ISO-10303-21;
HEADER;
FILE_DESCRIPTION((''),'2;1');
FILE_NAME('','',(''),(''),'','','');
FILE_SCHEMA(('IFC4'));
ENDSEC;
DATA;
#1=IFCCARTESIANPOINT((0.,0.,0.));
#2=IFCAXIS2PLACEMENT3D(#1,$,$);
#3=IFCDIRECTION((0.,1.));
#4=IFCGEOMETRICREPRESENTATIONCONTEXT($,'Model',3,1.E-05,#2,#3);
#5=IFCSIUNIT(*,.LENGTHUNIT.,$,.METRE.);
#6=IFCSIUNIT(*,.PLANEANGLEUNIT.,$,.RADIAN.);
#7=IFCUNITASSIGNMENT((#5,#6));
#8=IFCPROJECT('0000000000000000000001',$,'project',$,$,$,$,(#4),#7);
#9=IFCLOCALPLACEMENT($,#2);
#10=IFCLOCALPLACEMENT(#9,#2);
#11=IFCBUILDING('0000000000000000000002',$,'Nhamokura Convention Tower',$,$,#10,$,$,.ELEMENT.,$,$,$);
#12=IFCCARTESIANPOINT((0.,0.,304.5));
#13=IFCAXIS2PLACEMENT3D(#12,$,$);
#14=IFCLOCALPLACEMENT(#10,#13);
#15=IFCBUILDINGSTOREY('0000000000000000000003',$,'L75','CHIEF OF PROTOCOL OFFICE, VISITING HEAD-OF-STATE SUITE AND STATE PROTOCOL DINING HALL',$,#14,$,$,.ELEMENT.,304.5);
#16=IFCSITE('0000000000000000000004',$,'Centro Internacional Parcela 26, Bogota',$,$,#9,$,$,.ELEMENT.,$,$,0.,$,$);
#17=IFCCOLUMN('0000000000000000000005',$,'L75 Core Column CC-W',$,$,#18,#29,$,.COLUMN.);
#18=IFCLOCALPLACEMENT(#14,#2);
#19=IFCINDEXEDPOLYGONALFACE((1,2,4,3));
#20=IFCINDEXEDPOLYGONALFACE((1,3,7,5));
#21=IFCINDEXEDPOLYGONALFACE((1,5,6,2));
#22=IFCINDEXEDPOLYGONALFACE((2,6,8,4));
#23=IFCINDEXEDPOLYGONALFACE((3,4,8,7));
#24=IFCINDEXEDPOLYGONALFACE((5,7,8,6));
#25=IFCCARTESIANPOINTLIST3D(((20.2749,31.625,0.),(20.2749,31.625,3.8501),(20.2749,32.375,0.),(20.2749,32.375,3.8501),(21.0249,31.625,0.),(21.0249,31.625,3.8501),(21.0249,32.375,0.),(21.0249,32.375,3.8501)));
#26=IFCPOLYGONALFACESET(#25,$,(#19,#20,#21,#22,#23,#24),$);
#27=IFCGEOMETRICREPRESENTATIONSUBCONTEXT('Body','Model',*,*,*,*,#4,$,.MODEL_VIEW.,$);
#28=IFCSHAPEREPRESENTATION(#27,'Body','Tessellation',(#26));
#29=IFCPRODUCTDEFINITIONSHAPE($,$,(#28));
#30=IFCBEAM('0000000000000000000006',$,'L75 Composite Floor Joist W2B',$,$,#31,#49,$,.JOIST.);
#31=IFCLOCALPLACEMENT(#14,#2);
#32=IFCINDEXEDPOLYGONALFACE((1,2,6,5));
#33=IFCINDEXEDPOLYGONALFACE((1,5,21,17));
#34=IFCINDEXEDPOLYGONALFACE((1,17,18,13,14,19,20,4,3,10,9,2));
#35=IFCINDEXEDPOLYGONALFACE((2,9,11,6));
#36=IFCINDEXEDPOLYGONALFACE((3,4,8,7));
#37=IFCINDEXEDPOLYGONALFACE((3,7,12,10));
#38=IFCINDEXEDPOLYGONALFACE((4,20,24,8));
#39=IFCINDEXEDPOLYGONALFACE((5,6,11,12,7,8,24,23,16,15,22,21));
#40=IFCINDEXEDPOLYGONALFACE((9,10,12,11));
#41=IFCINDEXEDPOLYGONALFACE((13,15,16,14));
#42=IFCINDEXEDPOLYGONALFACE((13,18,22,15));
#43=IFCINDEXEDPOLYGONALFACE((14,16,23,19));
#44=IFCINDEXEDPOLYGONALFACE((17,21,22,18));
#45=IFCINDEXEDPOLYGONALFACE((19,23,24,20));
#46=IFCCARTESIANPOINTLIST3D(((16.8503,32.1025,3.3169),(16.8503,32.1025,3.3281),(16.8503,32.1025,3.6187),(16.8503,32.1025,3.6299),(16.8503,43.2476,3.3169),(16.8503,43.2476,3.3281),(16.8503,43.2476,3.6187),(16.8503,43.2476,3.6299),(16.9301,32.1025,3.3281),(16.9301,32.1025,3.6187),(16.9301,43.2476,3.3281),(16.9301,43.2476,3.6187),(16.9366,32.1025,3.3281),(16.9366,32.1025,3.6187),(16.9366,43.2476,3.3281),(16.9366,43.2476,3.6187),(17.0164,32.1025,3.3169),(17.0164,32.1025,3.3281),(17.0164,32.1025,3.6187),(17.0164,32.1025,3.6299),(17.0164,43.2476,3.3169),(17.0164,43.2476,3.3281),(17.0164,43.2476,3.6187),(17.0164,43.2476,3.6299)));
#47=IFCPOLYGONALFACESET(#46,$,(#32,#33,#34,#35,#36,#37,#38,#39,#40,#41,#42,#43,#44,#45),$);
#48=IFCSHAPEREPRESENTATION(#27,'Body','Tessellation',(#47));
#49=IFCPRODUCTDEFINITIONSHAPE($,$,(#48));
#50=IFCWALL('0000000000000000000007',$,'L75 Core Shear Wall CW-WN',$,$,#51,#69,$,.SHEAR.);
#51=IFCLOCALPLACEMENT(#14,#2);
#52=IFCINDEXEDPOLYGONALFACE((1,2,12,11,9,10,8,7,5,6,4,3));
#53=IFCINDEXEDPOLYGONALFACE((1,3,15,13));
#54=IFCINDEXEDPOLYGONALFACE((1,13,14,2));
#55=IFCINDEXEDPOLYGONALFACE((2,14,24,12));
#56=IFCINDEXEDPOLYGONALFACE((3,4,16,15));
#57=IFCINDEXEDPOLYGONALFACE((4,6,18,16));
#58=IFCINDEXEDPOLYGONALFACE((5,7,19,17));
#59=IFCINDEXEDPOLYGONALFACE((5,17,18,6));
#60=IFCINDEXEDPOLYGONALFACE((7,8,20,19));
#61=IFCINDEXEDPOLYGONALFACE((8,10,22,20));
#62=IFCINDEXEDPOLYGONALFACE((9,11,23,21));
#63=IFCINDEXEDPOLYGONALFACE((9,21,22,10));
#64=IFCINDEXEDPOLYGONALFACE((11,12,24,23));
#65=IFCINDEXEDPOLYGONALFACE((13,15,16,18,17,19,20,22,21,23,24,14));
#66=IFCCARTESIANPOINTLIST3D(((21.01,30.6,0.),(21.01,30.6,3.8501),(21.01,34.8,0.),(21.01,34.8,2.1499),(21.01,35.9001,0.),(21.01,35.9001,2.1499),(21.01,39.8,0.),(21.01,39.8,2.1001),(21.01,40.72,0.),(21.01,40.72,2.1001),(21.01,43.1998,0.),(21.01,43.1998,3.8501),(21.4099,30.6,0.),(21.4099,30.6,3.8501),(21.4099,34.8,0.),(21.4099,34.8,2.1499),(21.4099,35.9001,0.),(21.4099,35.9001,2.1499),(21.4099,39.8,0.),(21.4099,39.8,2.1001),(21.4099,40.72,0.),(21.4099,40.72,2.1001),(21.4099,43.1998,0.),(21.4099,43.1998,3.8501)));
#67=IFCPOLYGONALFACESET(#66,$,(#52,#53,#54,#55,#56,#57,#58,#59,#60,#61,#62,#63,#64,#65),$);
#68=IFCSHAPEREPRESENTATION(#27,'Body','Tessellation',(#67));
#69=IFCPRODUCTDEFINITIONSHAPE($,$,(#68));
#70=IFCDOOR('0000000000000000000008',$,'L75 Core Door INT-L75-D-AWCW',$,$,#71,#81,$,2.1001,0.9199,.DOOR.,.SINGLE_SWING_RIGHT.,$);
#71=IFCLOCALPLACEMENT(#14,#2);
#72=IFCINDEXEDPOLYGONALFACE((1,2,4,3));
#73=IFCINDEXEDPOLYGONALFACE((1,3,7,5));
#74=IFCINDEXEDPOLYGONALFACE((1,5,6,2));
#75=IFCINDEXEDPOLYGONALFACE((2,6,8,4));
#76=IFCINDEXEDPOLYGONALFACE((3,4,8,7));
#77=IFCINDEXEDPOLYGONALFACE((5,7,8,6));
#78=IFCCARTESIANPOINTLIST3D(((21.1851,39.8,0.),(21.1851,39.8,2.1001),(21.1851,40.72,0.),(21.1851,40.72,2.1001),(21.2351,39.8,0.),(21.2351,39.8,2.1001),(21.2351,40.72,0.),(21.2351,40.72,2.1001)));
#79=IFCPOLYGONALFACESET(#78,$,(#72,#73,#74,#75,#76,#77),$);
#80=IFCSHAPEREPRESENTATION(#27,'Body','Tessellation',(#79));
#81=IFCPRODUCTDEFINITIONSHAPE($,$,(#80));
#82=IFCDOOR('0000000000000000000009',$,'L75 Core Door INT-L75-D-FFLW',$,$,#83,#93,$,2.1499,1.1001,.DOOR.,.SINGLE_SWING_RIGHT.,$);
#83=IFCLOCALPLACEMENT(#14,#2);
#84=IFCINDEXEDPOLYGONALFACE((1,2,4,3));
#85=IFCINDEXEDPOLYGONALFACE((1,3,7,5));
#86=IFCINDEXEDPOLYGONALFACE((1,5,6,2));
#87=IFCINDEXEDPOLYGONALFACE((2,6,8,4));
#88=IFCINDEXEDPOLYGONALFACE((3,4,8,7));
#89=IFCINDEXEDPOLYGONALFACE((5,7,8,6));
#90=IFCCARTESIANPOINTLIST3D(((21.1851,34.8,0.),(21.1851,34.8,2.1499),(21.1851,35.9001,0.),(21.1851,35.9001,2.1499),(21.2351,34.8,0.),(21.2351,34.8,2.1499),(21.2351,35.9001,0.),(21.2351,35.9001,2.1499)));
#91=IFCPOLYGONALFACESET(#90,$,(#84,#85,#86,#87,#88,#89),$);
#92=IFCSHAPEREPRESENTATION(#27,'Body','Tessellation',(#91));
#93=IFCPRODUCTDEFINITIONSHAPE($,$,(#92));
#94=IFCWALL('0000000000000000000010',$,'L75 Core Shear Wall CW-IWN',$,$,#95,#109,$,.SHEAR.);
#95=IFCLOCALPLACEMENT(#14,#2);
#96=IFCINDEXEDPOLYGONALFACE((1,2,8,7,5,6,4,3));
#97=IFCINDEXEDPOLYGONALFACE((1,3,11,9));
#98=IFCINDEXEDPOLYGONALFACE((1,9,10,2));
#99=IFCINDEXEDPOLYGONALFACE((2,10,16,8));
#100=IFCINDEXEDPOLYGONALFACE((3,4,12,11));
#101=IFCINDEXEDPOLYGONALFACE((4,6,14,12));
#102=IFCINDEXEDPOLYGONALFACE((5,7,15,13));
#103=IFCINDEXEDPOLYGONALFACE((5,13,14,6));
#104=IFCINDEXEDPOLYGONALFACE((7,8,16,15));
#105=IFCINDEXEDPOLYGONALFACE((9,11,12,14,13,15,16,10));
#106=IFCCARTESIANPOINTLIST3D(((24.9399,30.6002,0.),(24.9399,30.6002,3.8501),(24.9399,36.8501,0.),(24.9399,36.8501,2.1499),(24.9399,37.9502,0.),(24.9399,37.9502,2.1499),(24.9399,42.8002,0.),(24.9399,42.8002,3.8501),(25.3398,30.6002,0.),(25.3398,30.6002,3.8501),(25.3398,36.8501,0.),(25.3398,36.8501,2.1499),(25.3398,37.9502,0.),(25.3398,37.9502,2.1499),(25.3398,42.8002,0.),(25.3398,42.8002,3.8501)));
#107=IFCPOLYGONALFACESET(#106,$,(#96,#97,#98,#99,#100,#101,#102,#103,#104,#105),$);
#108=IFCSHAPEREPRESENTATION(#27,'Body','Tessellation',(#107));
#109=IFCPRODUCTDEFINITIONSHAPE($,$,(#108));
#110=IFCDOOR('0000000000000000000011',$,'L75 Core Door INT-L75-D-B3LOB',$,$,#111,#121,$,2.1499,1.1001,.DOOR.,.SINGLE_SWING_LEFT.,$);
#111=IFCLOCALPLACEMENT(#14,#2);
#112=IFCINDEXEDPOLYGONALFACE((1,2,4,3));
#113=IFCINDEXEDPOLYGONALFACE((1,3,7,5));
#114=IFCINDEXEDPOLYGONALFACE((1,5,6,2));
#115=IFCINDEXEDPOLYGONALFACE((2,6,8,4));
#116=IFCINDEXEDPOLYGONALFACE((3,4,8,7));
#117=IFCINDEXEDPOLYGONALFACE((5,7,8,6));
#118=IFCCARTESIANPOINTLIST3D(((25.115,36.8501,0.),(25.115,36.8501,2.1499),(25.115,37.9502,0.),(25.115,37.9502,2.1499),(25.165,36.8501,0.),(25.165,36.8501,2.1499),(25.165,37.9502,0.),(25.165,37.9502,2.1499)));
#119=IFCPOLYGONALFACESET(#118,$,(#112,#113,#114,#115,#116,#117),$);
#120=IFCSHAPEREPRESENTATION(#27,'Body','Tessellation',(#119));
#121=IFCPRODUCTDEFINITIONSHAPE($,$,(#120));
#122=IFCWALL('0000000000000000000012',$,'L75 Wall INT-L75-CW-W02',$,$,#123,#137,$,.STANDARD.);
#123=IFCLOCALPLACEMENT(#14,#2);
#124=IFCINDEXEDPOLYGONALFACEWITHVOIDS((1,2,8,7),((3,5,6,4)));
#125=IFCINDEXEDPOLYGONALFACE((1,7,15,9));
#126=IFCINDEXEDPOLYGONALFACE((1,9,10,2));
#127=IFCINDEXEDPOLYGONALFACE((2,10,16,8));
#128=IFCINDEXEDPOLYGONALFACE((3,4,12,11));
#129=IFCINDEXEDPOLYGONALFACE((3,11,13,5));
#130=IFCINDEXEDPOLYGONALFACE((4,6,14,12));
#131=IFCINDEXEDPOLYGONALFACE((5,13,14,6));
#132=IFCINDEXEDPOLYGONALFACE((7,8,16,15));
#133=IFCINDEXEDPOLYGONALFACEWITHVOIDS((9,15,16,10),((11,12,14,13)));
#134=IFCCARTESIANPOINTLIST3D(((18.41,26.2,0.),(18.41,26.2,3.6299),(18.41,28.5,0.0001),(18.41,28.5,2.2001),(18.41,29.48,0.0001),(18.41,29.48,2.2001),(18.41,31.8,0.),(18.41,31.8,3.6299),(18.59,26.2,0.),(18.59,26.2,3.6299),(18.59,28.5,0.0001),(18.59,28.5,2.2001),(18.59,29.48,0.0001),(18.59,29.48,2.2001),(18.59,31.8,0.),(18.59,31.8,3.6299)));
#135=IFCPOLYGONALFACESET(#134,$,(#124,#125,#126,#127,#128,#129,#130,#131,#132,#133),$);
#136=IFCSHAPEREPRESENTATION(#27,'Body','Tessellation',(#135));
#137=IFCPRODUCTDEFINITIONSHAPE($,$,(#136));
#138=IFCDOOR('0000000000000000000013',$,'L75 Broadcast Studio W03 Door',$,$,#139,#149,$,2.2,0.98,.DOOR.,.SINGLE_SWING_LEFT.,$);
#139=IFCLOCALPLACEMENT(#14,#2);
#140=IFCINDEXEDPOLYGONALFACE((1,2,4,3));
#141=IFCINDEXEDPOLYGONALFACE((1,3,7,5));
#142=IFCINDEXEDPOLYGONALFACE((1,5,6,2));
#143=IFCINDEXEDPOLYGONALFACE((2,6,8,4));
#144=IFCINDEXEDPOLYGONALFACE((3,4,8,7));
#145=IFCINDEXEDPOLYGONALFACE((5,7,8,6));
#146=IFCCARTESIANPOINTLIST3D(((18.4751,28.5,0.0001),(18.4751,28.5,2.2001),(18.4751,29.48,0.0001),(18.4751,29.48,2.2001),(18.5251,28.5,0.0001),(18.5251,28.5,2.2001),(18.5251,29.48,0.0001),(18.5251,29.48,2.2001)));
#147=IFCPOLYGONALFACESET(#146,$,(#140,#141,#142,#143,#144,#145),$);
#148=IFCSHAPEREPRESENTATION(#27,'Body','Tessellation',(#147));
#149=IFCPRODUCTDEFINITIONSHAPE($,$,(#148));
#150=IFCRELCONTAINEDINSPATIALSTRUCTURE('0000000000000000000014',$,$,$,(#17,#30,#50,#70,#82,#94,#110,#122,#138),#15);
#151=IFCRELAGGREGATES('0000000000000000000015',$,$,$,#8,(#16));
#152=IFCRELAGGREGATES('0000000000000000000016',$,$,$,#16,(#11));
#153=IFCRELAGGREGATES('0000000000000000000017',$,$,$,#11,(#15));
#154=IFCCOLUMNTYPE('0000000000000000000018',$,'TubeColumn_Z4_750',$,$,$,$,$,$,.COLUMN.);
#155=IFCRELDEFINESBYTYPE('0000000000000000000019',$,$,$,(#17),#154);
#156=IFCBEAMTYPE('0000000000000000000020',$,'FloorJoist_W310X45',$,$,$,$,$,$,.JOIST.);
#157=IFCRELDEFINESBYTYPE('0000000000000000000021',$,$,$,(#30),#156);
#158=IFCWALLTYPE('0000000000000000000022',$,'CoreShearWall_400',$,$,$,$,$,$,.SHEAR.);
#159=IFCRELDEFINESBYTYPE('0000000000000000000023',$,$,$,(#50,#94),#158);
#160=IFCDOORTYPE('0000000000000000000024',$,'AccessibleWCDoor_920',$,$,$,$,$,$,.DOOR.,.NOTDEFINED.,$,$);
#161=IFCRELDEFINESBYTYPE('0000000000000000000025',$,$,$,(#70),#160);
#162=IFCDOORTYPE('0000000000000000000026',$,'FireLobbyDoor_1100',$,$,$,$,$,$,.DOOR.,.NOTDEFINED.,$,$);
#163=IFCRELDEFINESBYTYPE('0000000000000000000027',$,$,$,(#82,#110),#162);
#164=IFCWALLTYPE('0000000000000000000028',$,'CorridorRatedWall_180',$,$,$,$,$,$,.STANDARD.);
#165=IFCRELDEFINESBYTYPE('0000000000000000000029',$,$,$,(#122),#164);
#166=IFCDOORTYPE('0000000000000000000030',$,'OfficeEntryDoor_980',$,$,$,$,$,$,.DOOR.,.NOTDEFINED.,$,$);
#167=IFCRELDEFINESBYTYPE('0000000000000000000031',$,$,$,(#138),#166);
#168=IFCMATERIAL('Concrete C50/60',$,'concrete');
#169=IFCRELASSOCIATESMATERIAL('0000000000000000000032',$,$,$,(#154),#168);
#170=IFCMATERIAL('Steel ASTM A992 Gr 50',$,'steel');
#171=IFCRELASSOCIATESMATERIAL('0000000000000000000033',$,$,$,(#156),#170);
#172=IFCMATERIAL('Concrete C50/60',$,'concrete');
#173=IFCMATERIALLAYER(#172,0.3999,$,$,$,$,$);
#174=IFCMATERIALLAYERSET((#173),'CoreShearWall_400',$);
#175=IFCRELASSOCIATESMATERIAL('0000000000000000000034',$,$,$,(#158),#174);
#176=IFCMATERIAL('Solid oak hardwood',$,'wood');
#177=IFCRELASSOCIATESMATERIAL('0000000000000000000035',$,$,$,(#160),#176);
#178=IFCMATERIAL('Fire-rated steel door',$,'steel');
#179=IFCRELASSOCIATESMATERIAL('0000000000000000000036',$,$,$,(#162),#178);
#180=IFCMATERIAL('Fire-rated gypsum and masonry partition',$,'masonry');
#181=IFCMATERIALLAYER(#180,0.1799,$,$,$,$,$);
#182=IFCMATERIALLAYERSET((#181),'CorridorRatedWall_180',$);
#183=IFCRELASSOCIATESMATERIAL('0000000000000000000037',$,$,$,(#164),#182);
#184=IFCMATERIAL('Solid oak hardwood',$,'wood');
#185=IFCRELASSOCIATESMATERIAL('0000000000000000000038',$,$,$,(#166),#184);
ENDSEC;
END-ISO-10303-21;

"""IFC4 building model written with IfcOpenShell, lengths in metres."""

from ifc_helpers import new_model, si_unit, direction, frame, frame_2d, origin, origin_2d, place, context, subcontext, project, spatial, rectangle, i_section, extrude, material, layer, layer_set, material_profile, profile_set, type_object, element, fill, save


model = new_model("IFC4")

# Units and contexts
model_context = context("Model", 3, precision=1e-05, world=origin(), true_north=direction((0.0, 1.0)))
body_context = subcontext(model_context, "Body", "Model", "MODEL_VIEW")
ifc_project = project(units=[si_unit("LENGTHUNIT", "METRE"), si_unit("PLANEANGLEUNIT", "RADIAN")], contexts=[model_context])

# Site, building, storey
site_placement = place(None, origin())
site = spatial("IfcSite", under=ifc_project, at=site_placement, Name="Centro Internacional Parcela 26, Bogota", CompositionType="ELEMENT", RefElevation=0.0)
building_placement = place(site_placement, origin())
building = spatial("IfcBuilding", under=site, at=building_placement, Name="Nhamokura Convention Tower", CompositionType="ELEMENT")
storey_placement = place(building_placement, frame((0.0, 0.0, 304.5)))
storey = spatial("IfcBuildingStorey", under=building, at=storey_placement, Name="L75", Description="CHIEF OF PROTOCOL OFFICE, VISITING HEAD-OF-STATE SUITE AND STATE PROTOCOL DINING HALL", CompositionType="ELEMENT", Elevation=304.5)

# Column
ifc_material_1 = material(Name="Concrete C50/60", Category="concrete")
ifc_material_profile_1 = material_profile(ifc_material_1, rectangle(XDim=0.75, YDim=0.75, at=origin_2d()))
ifc_profile_set_1 = profile_set([ifc_material_profile_1], Name="Concrete C50/60")
column_type = type_object("IfcColumnType", Name="TubeColumn_Z4_750", PredefinedType="COLUMN", material=ifc_profile_set_1)
column_placement = place(storey_placement, frame((20.6499, 32.0, 0.0), z_axis=(0.0, 0.0, 1.0), x_axis=(1.0, 0.0, 0.0)))
element("IfcColumn", 1, at=column_placement, inside=storey, type_object=column_type, Name="L75 Core Column CC-W", PredefinedType="COLUMN", context=body_context, shape_type="SweptSolid", body=[
    extrude(rectangle(XDim=0.75, YDim=0.75, at=origin_2d()), origin(), (0.0, 0.0, 1.0), 3.8501),
])

# Beam
ifc_material_2 = material(Name="Steel ASTM A992 Gr 50", Category="steel")
ifc_material_profile_2 = material_profile(ifc_material_2, i_section(OverallWidth=0.166, OverallDepth=0.313, WebThickness=0.0066, FlangeThickness=0.0112, at=origin_2d()))
ifc_profile_set_2 = profile_set([ifc_material_profile_2], Name="Steel ASTM A992 Gr 50")
beam_type = type_object("IfcBeamType", Name="FloorJoist_W310X45", PredefinedType="JOIST", material=ifc_profile_set_2)
beam_placement = place(storey_placement, frame((16.9333, 32.1025, 3.4734), z_axis=(0.0, 1.0, 0.0), x_axis=(-1.0, 0.0, 0.0)))
element("IfcBeam", 2, at=beam_placement, inside=storey, type_object=beam_type, Name="L75 Composite Floor Joist W2B", PredefinedType="JOIST", context=body_context, shape_type="SweptSolid", body=[
    extrude(i_section(OverallWidth=0.166, OverallDepth=0.313, WebThickness=0.0066, FlangeThickness=0.0112, at=origin_2d()), origin(), (0.0, 0.0, 1.0), 11.145),
])

# Wall, openings, doors
ifc_material_3 = material(Name="Concrete C50/60", Category="concrete")
ifc_layer_1 = layer(ifc_material_3, 0.3999)
ifc_layer_set_1 = layer_set([ifc_layer_1], Name="CoreShearWall_400")
wall_type_1 = type_object("IfcWallType", Name="CoreShearWall_400", PredefinedType="SHEAR", material=ifc_layer_set_1)
wall_1_placement = place(storey_placement, frame((21.21, 30.6001, 0.0), z_axis=(0.0, 0.0, 1.0), x_axis=(0.0, 1.0, 0.0)))
wall_1 = element("IfcWall", 3, at=wall_1_placement, inside=storey, type_object=wall_type_1, Name="L75 Core Shear Wall CW-WN", PredefinedType="SHEAR", context=body_context, shape_type="SweptSolid", body=[
    extrude(rectangle(XDim=12.5999, YDim=0.3999, at=frame_2d((6.2998, 0.0))), origin(), (0.0, 0.0, 1.0), 3.8501),
])
opening_1_placement = place(wall_1_placement, frame((4.2, 0.0, 0.0)))
opening_1 = element("IfcOpeningElement", 4, at=opening_1_placement, cuts=wall_1, PredefinedType="OPENING", context=body_context, shape_type="SweptSolid", body=[
    extrude(rectangle(XDim=1.1001, YDim=2.1499, at=frame_2d((0.55, 1.075))), frame((0.0, 0.21, 0.0), z_axis=(0.0, -1.0, 0.0), x_axis=(1.0, 0.0, 0.0)), (0.0, 0.0, 1.0), 0.4199),
])
opening_2_placement = place(wall_1_placement, frame((9.2, 0.0, 0.0)))
opening_2 = element("IfcOpeningElement", 5, at=opening_2_placement, cuts=wall_1, PredefinedType="OPENING", context=body_context, shape_type="SweptSolid", body=[
    extrude(rectangle(XDim=0.9199, YDim=2.1001, at=frame_2d((0.46, 1.05))), frame((0.0, 0.21, 0.0), z_axis=(0.0, -1.0, 0.0), x_axis=(1.0, 0.0, 0.0)), (0.0, 0.0, 1.0), 0.4199),
])
ifc_material_4 = material(Name="Solid oak hardwood", Category="wood")
door_type_1 = type_object("IfcDoorType", Name="AccessibleWCDoor_920", OperationType="NOTDEFINED", PredefinedType="DOOR", material=ifc_material_4)
door_1_placement = place(opening_2_placement, origin())
door_1 = element("IfcDoor", 6, at=door_1_placement, inside=storey, type_object=door_type_1, Name="L75 Core Door INT-L75-D-AWCW", OperationType="SINGLE_SWING_RIGHT", OverallHeight=2.1001, OverallWidth=0.9199, PredefinedType="DOOR", context=body_context, shape_type="SweptSolid", body=[
    extrude(rectangle(XDim=0.9199, YDim=2.1001, at=frame_2d((0.46, 1.05))), frame((0.0, 0.0249, 0.0), z_axis=(0.0, -1.0, 0.0), x_axis=(1.0, 0.0, 0.0)), (0.0, 0.0, 1.0), 0.05),
])
fill(opening_2, door_1)
ifc_material_5 = material(Name="Fire-rated steel door", Category="steel")
door_type_2 = type_object("IfcDoorType", Name="FireLobbyDoor_1100", OperationType="NOTDEFINED", PredefinedType="DOOR", material=ifc_material_5)
door_2_placement = place(opening_1_placement, origin())
door_2 = element("IfcDoor", 7, at=door_2_placement, inside=storey, type_object=door_type_2, Name="L75 Core Door INT-L75-D-FFLW", OperationType="SINGLE_SWING_RIGHT", OverallHeight=2.1499, OverallWidth=1.1001, PredefinedType="DOOR", context=body_context, shape_type="SweptSolid", body=[
    extrude(rectangle(XDim=1.1001, YDim=2.1499, at=frame_2d((0.55, 1.075))), frame((0.0, 0.0249, 0.0), z_axis=(0.0, -1.0, 0.0), x_axis=(1.0, 0.0, 0.0)), (0.0, 0.0, 1.0), 0.05),
])
fill(opening_1, door_2)

# Walls, openings, doors
wall_2_placement = place(storey_placement, frame((25.1399, 30.6001, 0.0), z_axis=(0.0, 0.0, 1.0), x_axis=(0.0, 1.0, 0.0)))
wall_2 = element("IfcWall", 8, at=wall_2_placement, inside=storey, type_object=wall_type_1, Name="L75 Core Shear Wall CW-IWN", PredefinedType="SHEAR", context=body_context, shape_type="SweptSolid", body=[
    extrude(rectangle(XDim=12.2, YDim=0.3999, at=frame_2d((6.1001, 0.0))), origin(), (0.0, 0.0, 1.0), 3.8501),
])
opening_3_placement = place(wall_2_placement, frame((6.25, 0.0, 0.0)))
opening_3 = element("IfcOpeningElement", 9, at=opening_3_placement, cuts=wall_2, PredefinedType="OPENING", context=body_context, shape_type="SweptSolid", body=[
    extrude(rectangle(XDim=1.1001, YDim=2.1499, at=frame_2d((0.55, 1.075))), frame((0.0, 0.21, 0.0), z_axis=(0.0, -1.0, 0.0), x_axis=(1.0, 0.0, 0.0)), (0.0, 0.0, 1.0), 0.4199),
])
door_3_placement = place(opening_3_placement, origin())
door_3 = element("IfcDoor", 10, at=door_3_placement, inside=storey, type_object=door_type_2, Name="L75 Core Door INT-L75-D-B3LOB", OperationType="SINGLE_SWING_LEFT", OverallHeight=2.1499, OverallWidth=1.1001, PredefinedType="DOOR", context=body_context, shape_type="SweptSolid", body=[
    extrude(rectangle(XDim=1.1001, YDim=2.1499, at=frame_2d((0.55, 1.075))), frame((0.0, 0.0249, 0.0), z_axis=(0.0, -1.0, 0.0), x_axis=(1.0, 0.0, 0.0)), (0.0, 0.0, 1.0), 0.05),
])
fill(opening_3, door_3)
ifc_material_6 = material(Name="Fire-rated gypsum and masonry partition", Category="masonry")
ifc_layer_2 = layer(ifc_material_6, 0.1799)
ifc_layer_set_2 = layer_set([ifc_layer_2], Name="CorridorRatedWall_180")
wall_type_2 = type_object("IfcWallType", Name="CorridorRatedWall_180", PredefinedType="STANDARD", material=ifc_layer_set_2)
wall_3_placement = place(storey_placement, frame((18.5, 26.2, 0.0), z_axis=(0.0, 0.0, 1.0), x_axis=(0.0, 1.0, 0.0)))
wall_3 = element("IfcWall", 11, at=wall_3_placement, inside=storey, type_object=wall_type_2, Name="L75 Wall INT-L75-CW-W02", PredefinedType="STANDARD", context=body_context, shape_type="SweptSolid", body=[
    extrude(rectangle(XDim=5.6001, YDim=0.1799, at=frame_2d((2.8, 0.0))), origin(), (0.0, 0.0, 1.0), 3.6299),
])
opening_4_placement = place(wall_3_placement, frame((2.3, 0.0, 0.0)))
opening_4 = element("IfcOpeningElement", 12, at=opening_4_placement, cuts=wall_3, PredefinedType="OPENING", context=body_context, shape_type="SweptSolid", body=[
    extrude(rectangle(XDim=0.98, YDim=2.2, at=frame_2d((0.49, 1.1001))), frame((0.0, 0.0999, 0.0), z_axis=(0.0, -1.0, 0.0), x_axis=(1.0, 0.0, 0.0)), (0.0, 0.0, 1.0), 0.2),
])
ifc_material_7 = material(Name="Solid oak hardwood", Category="wood")
door_type_3 = type_object("IfcDoorType", Name="OfficeEntryDoor_980", OperationType="NOTDEFINED", PredefinedType="DOOR", material=ifc_material_7)
door_4_placement = place(opening_4_placement, origin())
door_4 = element("IfcDoor", 13, at=door_4_placement, inside=storey, type_object=door_type_3, Name="L75 Broadcast Studio W03 Door", OperationType="SINGLE_SWING_LEFT", OverallHeight=2.2, OverallWidth=0.98, PredefinedType="DOOR", context=body_context, shape_type="SweptSolid", body=[
    extrude(rectangle(XDim=0.98, YDim=2.2, at=frame_2d((0.49, 1.1001))), frame((0.0, 0.0249, 0.0), z_axis=(0.0, -1.0, 0.0), x_axis=(1.0, 0.0, 0.0)), (0.0, 0.0, 1.0), 0.05),
])
fill(opening_4, door_4)

save(model, "model.ifc")
